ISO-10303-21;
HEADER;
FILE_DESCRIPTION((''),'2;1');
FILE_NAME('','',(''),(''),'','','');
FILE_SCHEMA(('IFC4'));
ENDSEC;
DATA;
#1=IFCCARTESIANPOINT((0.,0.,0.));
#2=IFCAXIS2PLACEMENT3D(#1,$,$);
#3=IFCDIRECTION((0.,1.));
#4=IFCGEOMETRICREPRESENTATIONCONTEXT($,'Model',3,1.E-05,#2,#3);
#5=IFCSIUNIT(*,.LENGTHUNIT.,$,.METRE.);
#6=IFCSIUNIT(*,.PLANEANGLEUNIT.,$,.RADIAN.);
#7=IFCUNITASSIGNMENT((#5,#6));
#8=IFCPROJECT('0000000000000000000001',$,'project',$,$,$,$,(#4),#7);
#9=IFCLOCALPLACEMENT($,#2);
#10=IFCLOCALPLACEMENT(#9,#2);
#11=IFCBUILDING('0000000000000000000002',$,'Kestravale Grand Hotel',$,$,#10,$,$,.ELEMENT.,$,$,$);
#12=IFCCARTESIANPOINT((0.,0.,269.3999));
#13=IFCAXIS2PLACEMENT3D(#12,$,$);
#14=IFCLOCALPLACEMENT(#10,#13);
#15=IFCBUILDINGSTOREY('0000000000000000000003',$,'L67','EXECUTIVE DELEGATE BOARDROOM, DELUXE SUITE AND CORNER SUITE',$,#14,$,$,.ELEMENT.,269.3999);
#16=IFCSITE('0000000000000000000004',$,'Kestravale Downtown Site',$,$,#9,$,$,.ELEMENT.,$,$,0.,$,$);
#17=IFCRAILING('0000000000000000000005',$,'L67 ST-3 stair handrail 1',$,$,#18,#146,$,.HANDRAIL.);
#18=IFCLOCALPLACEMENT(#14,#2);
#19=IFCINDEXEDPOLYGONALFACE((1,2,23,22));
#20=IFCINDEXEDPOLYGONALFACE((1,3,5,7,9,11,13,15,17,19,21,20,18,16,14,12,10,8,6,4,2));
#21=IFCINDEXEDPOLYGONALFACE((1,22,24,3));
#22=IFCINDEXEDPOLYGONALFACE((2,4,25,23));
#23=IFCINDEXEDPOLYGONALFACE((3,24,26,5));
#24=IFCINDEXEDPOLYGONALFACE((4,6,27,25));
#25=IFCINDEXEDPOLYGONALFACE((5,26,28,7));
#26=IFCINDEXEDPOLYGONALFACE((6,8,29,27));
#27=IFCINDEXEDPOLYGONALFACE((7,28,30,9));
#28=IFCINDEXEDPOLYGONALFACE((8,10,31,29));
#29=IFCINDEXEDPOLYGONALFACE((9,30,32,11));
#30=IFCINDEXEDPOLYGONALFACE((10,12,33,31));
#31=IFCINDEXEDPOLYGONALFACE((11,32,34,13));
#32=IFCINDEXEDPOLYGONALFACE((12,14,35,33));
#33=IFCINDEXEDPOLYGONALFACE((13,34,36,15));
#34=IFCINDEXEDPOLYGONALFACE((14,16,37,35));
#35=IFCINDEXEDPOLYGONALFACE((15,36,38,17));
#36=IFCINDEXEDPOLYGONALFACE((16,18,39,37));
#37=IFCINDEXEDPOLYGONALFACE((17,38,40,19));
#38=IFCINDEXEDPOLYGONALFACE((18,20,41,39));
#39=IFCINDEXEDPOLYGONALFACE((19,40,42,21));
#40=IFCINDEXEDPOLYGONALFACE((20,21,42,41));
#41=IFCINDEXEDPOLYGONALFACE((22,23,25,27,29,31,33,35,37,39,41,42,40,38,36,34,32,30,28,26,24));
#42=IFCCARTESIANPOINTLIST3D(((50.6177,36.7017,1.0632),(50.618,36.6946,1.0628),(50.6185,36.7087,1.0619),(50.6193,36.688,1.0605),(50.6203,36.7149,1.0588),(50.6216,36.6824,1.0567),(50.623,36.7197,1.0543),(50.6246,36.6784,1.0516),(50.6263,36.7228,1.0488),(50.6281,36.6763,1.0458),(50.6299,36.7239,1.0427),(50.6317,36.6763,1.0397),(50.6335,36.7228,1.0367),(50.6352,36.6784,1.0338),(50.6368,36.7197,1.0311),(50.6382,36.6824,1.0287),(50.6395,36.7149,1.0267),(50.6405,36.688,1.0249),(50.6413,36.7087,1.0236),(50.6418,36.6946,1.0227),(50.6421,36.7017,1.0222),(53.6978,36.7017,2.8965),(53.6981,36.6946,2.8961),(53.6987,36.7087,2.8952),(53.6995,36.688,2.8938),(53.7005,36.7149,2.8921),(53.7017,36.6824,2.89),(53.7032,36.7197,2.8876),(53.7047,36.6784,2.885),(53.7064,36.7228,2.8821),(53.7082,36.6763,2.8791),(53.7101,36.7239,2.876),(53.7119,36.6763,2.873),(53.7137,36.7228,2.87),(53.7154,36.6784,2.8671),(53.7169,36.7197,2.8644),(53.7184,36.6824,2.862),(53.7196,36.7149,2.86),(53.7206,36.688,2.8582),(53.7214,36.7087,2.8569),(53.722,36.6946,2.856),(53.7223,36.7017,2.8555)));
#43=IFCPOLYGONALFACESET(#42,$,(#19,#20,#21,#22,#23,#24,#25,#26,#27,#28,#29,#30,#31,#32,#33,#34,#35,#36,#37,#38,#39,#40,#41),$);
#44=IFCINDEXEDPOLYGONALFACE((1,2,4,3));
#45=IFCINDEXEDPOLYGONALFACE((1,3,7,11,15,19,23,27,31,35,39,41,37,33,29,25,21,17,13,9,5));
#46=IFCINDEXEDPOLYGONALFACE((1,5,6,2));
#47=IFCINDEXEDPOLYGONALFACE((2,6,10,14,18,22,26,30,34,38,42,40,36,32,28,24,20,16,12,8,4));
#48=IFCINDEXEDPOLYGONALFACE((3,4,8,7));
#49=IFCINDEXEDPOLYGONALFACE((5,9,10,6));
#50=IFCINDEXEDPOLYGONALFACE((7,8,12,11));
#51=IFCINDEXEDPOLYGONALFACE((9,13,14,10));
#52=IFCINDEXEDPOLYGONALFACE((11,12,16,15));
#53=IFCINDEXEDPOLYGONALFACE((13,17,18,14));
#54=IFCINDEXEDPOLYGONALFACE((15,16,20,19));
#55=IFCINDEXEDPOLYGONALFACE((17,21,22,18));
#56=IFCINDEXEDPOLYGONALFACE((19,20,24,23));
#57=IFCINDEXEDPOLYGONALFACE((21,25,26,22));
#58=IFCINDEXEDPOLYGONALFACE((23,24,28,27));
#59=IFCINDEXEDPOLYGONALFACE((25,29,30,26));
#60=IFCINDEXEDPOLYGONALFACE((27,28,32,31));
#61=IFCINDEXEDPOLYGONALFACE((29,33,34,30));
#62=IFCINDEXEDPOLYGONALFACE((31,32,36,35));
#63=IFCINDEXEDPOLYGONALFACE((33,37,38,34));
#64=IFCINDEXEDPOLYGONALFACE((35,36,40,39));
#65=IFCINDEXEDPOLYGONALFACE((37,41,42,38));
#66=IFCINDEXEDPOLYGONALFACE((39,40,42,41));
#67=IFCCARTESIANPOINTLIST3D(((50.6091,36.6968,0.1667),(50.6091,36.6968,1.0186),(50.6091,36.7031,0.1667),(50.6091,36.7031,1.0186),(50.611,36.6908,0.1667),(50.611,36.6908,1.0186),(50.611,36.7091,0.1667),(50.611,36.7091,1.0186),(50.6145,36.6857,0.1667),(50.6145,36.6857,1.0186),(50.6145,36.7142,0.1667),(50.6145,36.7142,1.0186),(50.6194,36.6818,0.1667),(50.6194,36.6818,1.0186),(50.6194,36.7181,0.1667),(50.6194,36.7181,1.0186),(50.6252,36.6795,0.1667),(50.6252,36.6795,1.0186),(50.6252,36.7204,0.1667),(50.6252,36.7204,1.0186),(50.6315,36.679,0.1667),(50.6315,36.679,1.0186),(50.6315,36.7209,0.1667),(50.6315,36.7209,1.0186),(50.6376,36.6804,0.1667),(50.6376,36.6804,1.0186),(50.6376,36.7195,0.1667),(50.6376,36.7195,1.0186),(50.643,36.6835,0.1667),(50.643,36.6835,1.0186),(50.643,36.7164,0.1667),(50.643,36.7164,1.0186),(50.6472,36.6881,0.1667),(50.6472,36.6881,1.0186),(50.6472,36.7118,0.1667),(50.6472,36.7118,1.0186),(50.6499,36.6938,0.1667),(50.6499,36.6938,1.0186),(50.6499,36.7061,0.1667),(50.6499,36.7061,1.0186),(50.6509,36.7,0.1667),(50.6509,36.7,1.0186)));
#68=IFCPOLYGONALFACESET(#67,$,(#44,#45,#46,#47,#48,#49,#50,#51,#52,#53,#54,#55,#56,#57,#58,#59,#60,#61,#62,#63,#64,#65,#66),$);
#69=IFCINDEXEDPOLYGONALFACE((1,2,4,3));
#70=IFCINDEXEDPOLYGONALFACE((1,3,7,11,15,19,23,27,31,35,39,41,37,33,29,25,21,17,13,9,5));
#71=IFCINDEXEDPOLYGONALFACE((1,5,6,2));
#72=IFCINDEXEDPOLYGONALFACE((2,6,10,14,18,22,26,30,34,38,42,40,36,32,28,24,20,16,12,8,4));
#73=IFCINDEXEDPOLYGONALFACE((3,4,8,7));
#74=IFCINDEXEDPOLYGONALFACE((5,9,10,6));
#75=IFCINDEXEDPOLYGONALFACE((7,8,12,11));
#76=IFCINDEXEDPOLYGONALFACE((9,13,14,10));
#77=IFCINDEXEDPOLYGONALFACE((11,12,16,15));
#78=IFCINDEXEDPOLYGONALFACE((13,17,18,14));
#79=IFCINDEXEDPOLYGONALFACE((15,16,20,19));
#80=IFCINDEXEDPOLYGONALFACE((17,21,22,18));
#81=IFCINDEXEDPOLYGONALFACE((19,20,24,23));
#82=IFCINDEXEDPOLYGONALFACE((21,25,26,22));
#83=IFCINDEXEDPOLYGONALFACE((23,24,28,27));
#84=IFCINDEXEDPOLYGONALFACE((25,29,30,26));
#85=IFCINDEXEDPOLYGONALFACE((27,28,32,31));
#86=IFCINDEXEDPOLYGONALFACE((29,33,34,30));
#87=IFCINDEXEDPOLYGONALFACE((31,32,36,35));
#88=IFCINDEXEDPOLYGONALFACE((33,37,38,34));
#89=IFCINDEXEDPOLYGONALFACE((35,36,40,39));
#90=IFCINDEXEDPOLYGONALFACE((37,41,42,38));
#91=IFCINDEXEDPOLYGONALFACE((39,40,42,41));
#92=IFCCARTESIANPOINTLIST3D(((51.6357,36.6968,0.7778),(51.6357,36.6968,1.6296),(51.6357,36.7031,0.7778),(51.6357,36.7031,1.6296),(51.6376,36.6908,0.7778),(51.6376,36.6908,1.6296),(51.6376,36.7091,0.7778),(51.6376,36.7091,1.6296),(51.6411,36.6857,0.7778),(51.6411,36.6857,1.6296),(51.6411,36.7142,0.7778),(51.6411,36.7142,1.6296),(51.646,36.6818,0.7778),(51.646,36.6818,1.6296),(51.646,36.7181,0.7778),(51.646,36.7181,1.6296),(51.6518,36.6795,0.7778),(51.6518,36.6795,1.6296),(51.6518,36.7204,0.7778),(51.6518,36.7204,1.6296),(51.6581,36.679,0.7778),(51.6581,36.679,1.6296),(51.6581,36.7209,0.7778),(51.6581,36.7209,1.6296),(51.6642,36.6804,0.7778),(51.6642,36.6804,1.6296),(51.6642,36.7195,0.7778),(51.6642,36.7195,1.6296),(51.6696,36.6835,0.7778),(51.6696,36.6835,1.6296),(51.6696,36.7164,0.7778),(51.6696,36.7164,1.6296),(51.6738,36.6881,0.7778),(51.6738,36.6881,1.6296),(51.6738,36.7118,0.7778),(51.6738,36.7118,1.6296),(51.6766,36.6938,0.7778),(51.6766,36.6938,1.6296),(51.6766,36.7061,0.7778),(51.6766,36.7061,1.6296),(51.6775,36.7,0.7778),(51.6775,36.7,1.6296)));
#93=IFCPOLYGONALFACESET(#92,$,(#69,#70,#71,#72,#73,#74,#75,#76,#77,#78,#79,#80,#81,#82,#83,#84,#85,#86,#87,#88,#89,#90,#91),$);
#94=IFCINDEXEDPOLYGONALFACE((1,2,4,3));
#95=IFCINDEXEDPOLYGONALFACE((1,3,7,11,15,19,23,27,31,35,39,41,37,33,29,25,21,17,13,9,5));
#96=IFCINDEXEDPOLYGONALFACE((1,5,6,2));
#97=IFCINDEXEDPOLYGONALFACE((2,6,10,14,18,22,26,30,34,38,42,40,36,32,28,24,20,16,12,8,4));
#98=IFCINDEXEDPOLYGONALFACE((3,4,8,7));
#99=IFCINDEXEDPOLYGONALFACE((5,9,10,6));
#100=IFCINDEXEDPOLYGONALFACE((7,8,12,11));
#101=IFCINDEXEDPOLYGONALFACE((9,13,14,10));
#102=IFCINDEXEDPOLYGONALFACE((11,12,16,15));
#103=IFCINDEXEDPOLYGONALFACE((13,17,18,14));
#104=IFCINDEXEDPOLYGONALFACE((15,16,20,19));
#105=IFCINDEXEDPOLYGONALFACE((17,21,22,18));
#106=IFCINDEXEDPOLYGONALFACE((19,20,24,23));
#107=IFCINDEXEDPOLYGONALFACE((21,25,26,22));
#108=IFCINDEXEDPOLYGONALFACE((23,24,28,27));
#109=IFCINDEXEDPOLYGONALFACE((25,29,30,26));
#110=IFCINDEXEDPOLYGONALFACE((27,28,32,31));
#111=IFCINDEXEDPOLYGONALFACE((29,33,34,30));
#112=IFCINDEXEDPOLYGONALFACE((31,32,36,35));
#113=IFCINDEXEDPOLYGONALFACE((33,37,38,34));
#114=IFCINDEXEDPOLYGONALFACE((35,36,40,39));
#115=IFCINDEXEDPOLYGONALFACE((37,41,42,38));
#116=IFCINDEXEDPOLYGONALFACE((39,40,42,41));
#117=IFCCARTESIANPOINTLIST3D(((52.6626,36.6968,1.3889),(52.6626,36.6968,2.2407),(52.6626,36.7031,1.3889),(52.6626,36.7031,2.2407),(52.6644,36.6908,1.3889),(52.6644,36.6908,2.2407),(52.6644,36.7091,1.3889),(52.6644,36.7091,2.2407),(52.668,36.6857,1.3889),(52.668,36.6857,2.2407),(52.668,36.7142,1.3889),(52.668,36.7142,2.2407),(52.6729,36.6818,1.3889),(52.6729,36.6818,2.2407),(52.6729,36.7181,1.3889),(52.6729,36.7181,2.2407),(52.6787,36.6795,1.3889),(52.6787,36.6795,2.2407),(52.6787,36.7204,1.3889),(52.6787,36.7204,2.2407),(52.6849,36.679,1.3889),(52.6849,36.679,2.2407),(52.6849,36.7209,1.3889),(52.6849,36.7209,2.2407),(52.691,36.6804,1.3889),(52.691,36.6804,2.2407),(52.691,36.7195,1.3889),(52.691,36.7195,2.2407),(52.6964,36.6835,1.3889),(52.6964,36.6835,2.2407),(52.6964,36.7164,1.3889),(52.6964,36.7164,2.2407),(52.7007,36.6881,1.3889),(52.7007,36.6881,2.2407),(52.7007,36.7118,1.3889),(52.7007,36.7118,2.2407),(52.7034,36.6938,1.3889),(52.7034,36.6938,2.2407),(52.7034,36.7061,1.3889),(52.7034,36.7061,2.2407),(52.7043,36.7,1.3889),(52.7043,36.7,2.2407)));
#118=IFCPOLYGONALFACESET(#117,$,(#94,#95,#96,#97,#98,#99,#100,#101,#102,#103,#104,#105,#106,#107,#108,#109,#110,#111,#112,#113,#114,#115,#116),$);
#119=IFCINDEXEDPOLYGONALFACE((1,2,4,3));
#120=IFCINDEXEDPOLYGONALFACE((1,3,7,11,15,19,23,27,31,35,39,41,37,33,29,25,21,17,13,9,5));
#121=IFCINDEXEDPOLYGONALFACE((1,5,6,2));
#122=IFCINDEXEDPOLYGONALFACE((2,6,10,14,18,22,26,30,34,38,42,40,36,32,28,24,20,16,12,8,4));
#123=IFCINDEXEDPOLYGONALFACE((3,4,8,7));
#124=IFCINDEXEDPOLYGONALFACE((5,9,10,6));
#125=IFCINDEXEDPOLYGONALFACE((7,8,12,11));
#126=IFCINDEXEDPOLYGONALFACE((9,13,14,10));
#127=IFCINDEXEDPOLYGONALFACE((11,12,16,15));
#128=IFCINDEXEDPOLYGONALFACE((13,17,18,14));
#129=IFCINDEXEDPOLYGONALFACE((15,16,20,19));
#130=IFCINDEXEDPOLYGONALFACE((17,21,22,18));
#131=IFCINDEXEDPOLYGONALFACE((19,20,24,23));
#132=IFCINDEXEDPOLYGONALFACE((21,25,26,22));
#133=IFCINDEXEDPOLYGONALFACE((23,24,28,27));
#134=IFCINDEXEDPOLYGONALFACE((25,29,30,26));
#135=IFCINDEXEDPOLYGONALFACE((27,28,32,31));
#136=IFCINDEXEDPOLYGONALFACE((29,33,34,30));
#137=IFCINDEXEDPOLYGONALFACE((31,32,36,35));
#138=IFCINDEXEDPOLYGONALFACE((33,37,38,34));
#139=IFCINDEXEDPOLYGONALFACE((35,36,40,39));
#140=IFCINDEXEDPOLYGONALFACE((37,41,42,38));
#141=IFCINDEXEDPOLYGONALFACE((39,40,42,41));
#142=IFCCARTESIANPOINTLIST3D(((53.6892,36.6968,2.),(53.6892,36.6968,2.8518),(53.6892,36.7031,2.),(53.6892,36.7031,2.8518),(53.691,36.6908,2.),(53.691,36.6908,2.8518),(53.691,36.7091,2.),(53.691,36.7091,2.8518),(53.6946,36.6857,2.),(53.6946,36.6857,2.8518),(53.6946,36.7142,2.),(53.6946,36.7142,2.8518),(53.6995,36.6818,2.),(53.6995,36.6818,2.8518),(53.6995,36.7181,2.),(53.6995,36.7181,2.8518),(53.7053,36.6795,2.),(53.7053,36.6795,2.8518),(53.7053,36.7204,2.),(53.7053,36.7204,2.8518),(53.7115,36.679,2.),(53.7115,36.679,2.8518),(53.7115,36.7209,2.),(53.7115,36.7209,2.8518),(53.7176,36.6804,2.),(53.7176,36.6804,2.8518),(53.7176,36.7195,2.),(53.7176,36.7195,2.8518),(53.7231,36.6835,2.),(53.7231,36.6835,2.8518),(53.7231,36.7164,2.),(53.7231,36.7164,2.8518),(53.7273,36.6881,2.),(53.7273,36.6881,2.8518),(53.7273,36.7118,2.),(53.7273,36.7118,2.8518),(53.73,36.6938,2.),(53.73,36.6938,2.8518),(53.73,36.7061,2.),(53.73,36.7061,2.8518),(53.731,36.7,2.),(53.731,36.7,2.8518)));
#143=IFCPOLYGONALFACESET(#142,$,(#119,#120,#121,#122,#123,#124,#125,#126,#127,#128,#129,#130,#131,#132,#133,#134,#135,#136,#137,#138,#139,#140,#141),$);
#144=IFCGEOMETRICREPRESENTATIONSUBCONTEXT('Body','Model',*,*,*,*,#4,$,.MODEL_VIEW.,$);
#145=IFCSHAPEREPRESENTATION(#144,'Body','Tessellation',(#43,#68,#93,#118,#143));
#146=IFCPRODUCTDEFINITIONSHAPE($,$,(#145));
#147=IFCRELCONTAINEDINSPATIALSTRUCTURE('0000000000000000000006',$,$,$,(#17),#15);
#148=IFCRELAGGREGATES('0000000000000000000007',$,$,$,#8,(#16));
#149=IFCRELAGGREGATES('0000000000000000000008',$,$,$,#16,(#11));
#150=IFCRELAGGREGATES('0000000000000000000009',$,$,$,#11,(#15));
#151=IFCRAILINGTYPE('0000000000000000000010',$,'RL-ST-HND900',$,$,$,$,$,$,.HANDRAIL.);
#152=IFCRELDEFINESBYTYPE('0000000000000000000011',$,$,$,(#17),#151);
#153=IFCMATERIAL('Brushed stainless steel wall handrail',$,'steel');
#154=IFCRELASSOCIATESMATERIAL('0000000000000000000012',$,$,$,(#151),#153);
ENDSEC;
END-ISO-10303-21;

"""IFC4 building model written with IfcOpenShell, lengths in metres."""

from ifc_helpers import new_model, si_unit, direction, frame, origin, origin_2d, place, context, subcontext, project, spatial, circle, extrude, material, type_object, element, save


model = new_model("IFC4")

# Units and contexts
model_context = context("Model", 3, precision=1e-05, world=origin(), true_north=direction((0.0, 1.0)))
body_context = subcontext(model_context, "Body", "Model", "MODEL_VIEW")
ifc_project = project(units=[si_unit("LENGTHUNIT", "METRE"), si_unit("PLANEANGLEUNIT", "RADIAN")], contexts=[model_context])

# Site, building, storey
site_placement = place(None, origin())
site = spatial("IfcSite", under=ifc_project, at=site_placement, Name="Kestravale Downtown Site", CompositionType="ELEMENT", RefElevation=0.0)
building_placement = place(site_placement, origin())
building = spatial("IfcBuilding", under=site, at=building_placement, Name="Kestravale Grand Hotel", CompositionType="ELEMENT")
storey_placement = place(building_placement, frame((0.0, 0.0, 269.3999)))
storey = spatial("IfcBuildingStorey", under=building, at=storey_placement, Name="L67", Description="EXECUTIVE DELEGATE BOARDROOM, DELUXE SUITE AND CORNER SUITE", CompositionType="ELEMENT", Elevation=269.3999)

# Railing
ifc_material_1 = material(Name="Brushed stainless steel wall handrail", Category="steel")
railing_type_1 = type_object("IfcRailingType", Name="RL-ST-HND900", PredefinedType="HANDRAIL", material=ifc_material_1)
railing_1_placement = place(storey_placement, frame((50.6299, 36.7, 0.1667)))
element("IfcRailing", 1, at=railing_1_placement, inside=storey, type_object=railing_type_1, Name="L67 ST-3 stair handrail 1", PredefinedType="HANDRAIL", context=body_context, shape_type="SweptSolid", body=[
    extrude(circle(Radius=0.0239, at=origin_2d()), frame((0.0, 0.0, 0.876), z_axis=(0.859309, 0.0, 0.511458), x_axis=(0.0, 1.0, 0.0)), (0.0, 0.0, 1.0), 3.5845),
    extrude(circle(Radius=0.021, at=origin_2d()), origin(), (0.0, 0.0, 1.0), 0.8518),
    extrude(circle(Radius=0.021, at=origin_2d()), frame((1.0266, 0.0, 0.6111)), (0.0, 0.0, 1.0), 0.8518),
    extrude(circle(Radius=0.021, at=origin_2d()), frame((2.0535, 0.0, 1.2222)), (0.0, 0.0, 1.0), 0.8518),
    extrude(circle(Radius=0.021, at=origin_2d()), frame((3.0801, 0.0, 1.8333)), (0.0, 0.0, 1.0), 0.8518),
])

save(model, "model.ifc")
